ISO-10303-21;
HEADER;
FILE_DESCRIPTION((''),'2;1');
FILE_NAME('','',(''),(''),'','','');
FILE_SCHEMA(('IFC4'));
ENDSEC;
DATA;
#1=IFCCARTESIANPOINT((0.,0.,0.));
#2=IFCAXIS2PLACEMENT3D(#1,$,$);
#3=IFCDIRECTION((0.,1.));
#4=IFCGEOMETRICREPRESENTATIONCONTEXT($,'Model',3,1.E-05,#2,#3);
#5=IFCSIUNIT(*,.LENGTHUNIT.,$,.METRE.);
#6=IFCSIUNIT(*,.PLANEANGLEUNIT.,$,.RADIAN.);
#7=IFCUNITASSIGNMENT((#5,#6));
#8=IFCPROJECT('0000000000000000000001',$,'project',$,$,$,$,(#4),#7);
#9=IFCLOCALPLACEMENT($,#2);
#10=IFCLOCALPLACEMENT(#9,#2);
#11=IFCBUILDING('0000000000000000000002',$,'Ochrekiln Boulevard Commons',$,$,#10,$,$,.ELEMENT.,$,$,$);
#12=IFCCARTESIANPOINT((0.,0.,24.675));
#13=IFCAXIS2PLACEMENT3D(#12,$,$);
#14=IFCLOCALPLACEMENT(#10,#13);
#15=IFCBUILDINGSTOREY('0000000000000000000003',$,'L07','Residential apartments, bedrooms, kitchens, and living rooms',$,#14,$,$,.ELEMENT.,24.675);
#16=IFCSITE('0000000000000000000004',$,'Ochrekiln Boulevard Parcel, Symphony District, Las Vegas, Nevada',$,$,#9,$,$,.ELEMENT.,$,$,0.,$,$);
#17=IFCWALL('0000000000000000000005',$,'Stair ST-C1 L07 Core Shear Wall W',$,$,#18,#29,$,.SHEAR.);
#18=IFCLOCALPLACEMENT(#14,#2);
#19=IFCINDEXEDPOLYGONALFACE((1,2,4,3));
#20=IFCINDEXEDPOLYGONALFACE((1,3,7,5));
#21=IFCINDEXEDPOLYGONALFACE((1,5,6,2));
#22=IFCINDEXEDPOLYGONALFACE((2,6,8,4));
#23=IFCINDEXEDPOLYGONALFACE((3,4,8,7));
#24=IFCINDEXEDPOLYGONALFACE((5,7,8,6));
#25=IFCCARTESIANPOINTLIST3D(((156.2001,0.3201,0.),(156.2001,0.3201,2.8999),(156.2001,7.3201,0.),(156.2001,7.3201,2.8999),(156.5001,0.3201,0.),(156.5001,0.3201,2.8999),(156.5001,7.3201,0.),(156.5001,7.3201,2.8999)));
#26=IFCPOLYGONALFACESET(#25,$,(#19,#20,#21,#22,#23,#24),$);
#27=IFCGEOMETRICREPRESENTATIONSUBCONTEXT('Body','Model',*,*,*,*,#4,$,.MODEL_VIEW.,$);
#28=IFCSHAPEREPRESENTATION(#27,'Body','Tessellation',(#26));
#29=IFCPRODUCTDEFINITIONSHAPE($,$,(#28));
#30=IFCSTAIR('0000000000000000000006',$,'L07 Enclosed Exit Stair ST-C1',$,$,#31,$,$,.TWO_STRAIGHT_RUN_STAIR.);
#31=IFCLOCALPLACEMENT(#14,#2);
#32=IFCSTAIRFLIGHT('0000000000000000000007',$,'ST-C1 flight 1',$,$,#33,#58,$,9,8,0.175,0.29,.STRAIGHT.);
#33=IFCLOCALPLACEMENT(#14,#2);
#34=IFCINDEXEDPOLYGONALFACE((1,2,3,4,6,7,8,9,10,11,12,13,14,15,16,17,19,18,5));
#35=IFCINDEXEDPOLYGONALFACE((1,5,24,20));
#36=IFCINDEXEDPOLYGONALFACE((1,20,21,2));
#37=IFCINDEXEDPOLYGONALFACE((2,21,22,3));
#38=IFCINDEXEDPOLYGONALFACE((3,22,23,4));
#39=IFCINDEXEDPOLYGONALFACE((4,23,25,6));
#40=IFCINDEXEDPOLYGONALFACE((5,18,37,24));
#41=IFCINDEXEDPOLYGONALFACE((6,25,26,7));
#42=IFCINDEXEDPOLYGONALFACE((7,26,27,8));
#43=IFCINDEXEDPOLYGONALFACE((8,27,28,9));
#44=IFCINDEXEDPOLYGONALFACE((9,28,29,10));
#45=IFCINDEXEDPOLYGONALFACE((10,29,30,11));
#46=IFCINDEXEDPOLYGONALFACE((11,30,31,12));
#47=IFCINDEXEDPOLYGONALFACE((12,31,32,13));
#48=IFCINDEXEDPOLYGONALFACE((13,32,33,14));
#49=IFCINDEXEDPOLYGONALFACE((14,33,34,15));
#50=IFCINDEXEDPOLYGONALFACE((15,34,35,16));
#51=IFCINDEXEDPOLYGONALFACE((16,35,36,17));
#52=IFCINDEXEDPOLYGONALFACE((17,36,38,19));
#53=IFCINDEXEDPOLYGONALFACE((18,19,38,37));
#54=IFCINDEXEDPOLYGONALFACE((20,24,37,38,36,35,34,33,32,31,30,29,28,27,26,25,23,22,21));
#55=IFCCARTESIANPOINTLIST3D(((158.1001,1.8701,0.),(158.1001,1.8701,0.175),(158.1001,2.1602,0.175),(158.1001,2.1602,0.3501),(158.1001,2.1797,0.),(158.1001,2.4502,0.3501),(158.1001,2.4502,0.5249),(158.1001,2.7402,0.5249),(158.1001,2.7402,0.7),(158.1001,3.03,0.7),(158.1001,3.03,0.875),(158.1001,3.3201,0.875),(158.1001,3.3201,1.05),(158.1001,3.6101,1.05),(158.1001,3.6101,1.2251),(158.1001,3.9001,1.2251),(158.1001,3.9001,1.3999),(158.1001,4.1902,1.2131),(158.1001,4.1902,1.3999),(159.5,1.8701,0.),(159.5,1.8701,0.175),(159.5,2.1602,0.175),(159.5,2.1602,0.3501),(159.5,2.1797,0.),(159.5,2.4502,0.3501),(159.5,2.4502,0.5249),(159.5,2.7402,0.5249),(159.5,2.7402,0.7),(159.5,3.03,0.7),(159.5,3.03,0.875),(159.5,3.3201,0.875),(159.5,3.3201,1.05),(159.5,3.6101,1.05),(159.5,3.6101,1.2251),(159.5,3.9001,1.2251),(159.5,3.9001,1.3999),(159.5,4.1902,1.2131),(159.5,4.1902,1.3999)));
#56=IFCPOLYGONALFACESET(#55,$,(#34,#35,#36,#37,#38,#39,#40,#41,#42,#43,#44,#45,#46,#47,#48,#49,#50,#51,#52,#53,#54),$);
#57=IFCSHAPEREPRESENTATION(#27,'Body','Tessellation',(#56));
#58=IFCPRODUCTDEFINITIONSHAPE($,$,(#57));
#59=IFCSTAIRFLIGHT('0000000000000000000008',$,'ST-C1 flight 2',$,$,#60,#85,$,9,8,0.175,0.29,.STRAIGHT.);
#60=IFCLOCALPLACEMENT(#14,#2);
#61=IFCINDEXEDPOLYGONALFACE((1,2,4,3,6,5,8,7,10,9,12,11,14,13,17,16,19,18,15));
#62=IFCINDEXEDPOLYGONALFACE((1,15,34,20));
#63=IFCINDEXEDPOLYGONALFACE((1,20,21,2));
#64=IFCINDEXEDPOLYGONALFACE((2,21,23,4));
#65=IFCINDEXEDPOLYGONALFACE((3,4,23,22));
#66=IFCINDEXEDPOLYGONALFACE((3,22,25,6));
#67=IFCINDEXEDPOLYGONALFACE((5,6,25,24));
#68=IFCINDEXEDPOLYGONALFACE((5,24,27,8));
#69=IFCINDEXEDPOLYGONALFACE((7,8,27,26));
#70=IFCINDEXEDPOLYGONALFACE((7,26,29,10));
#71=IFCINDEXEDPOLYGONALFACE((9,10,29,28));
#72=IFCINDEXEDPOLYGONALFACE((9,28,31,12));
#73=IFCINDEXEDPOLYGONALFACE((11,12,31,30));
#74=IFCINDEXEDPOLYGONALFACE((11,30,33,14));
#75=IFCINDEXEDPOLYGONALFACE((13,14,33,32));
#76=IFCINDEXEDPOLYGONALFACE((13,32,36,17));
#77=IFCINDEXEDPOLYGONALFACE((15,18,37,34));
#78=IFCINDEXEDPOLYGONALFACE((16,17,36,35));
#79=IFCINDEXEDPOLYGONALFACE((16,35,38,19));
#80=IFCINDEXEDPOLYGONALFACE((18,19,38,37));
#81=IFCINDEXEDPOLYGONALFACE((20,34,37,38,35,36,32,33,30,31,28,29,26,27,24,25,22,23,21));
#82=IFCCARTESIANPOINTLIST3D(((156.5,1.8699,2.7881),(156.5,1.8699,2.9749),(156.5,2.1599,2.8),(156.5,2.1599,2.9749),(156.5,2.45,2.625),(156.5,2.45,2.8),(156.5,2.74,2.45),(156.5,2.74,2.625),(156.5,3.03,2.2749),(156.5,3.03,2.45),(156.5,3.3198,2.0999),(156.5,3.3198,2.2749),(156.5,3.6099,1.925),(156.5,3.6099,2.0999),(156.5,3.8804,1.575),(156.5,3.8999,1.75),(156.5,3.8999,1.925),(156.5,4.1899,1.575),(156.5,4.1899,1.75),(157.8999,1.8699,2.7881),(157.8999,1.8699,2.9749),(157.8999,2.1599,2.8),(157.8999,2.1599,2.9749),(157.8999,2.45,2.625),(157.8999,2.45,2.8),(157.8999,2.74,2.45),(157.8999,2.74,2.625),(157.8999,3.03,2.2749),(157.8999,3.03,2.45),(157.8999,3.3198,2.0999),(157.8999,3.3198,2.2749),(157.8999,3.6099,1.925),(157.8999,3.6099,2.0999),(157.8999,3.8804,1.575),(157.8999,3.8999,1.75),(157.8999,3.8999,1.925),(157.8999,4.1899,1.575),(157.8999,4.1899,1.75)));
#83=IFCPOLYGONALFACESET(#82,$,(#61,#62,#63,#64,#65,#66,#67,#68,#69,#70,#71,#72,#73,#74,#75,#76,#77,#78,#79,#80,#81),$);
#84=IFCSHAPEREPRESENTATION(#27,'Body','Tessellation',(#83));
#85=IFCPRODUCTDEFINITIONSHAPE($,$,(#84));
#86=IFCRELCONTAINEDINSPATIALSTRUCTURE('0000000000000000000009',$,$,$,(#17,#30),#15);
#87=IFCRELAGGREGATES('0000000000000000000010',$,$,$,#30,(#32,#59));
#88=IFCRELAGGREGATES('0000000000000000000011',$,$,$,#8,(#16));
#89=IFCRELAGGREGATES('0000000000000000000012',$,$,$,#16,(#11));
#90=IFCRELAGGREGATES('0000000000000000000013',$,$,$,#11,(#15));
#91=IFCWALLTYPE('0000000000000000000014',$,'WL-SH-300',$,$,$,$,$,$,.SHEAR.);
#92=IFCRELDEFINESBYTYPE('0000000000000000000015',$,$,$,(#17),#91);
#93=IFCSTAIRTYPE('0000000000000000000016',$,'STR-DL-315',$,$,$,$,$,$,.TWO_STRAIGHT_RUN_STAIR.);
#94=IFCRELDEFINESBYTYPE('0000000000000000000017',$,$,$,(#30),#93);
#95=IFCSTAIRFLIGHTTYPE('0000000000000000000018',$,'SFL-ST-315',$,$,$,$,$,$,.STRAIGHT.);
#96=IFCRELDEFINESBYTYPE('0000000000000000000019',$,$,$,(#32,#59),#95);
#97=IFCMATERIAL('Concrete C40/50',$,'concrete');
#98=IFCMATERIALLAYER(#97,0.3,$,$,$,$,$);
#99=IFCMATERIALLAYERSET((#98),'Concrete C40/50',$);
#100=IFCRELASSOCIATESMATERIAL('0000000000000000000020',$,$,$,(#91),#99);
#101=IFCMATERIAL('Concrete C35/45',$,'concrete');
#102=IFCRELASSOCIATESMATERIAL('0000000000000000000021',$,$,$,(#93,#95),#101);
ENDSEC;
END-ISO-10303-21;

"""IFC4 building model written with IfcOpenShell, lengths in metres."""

from ifc_helpers import new_model, si_unit, direction, frame, frame_2d, origin, place, context, subcontext, project, spatial, polyline, rectangle, outline, extrude, material, layer, layer_set, type_object, element, aggregate, save


model = new_model("IFC4")

# Units and contexts
model_context = context("Model", 3, precision=1e-05, world=origin(), true_north=direction((0.0, 1.0)))
body_context = subcontext(model_context, "Body", "Model", "MODEL_VIEW")
ifc_project = project(units=[si_unit("LENGTHUNIT", "METRE"), si_unit("PLANEANGLEUNIT", "RADIAN")], contexts=[model_context])

# Site, building, storey
site_placement = place(None, origin())
site = spatial("IfcSite", under=ifc_project, at=site_placement, Name="Ochrekiln Boulevard Parcel, Symphony District, Las Vegas, Nevada", CompositionType="ELEMENT", RefElevation=0.0)
building_placement = place(site_placement, origin())
building = spatial("IfcBuilding", under=site, at=building_placement, Name="Ochrekiln Boulevard Commons", CompositionType="ELEMENT")
storey_placement = place(building_placement, frame((0.0, 0.0, 24.675)))
storey = spatial("IfcBuildingStorey", under=building, at=storey_placement, Name="L07", Description="Residential apartments, bedrooms, kitchens, and living rooms", CompositionType="ELEMENT", Elevation=24.675)

# Shared definitions
ifc_material_1 = material(Name="Concrete C40/50", Category="concrete")

# Wall
ifc_layer_1 = layer(ifc_material_1, 0.3)
ifc_layer_set_1 = layer_set([ifc_layer_1], Name="Concrete C40/50")
wall_type_1 = type_object("IfcWallType", Name="WL-SH-300", PredefinedType="SHEAR", material=ifc_layer_set_1)
wall_1_placement = place(storey_placement, frame((156.3501, 0.3201, 0.0), z_axis=(0.0, 0.0, 1.0), x_axis=(0.0, 1.0, 0.0)))
element("IfcWall", 1, at=wall_1_placement, inside=storey, type_object=wall_type_1, Name="Stair ST-C1 L07 Core Shear Wall W", PredefinedType="SHEAR", context=body_context, shape_type="SweptSolid", body=[
    extrude(rectangle(XDim=7.0, YDim=0.3, at=frame_2d((3.5, 0.0))), origin(), (0.0, 0.0, 1.0), 2.8999),
])

# Stair, stair flights
ifc_material_2 = material(Name="Concrete C35/45", Category="concrete")
stair_type = type_object("IfcStairType", Name="STR-DL-315", PredefinedType="TWO_STRAIGHT_RUN_STAIR", material=ifc_material_2)
stair_placement = place(storey_placement, origin())
stair = element("IfcStair", 2, at=stair_placement, inside=storey, type_object=stair_type, Name="L07 Enclosed Exit Stair ST-C1", PredefinedType="TWO_STRAIGHT_RUN_STAIR")
stair_flight_type = type_object("IfcStairFlightType", Name="SFL-ST-315", PredefinedType="STRAIGHT", material=ifc_material_2)
stair_flight_1_placement = place(storey_placement, frame((158.8, 1.8701, 0.0), z_axis=(0.0, 0.0, 1.0), x_axis=(0.0, 1.0, 0.0)))
stair_flight_1 = element("IfcStairFlight", 3, at=stair_flight_1_placement, type_object=stair_flight_type, Name="ST-C1 flight 1", NumberOfRisers=9, NumberOfTreads=8, PredefinedType="STRAIGHT", RiserHeight=0.175, TreadLength=0.29, context=body_context, shape_type="SweptSolid", body=[
    extrude(outline(polyline([(0.0, 0.0), (0.0, 0.175), (0.29, 0.175), (0.29, 0.3501), (0.5801, 0.3501), (0.5801, 0.5249), (0.8701, 0.5249), (0.8701, 0.7), (1.1599, 0.7), (1.1599, 0.875), (1.45, 0.875), (1.45, 1.05), (1.74, 1.05), (1.74, 1.2251), (2.03, 1.2251), (2.03, 1.3999), (2.3201, 1.3999), (2.3201, 1.575), (2.3201, 1.2131), (0.3096, 0.0), (0.0, 0.0)])), frame((0.0, 0.7, 0.0), z_axis=(0.0, -1.0, 0.0), x_axis=(1.0, 0.0, 0.0)), (0.0, 0.0, 1.0), 1.3999),
])
stair_flight_2_placement = place(storey_placement, frame((157.2, 4.1899, 1.575), z_axis=(0.0, 0.0, 1.0), x_axis=(0.0, -1.0, 0.0)))
stair_flight_2 = element("IfcStairFlight", 4, at=stair_flight_2_placement, type_object=stair_flight_type, Name="ST-C1 flight 2", NumberOfRisers=9, NumberOfTreads=8, PredefinedType="STRAIGHT", RiserHeight=0.175, TreadLength=0.29, context=body_context, shape_type="SweptSolid", body=[
    extrude(outline(polyline([(0.0, 0.0), (0.0, 0.175), (0.29, 0.175), (0.29, 0.3501), (0.5801, 0.3501), (0.5801, 0.5249), (0.8701, 0.5249), (0.8701, 0.7), (1.1599, 0.7), (1.1599, 0.875), (1.45, 0.875), (1.45, 1.05), (1.74, 1.05), (1.74, 1.2251), (2.03, 1.2251), (2.03, 1.3999), (2.3201, 1.3999), (2.3201, 1.575), (2.3201, 1.2131), (0.3096, 0.0), (0.0, 0.0)])), frame((0.0, 0.7, 0.0), z_axis=(0.0, -1.0, 0.0), x_axis=(1.0, 0.0, 0.0)), (0.0, 0.0, 1.0), 1.3999),
])
aggregate(stair, [stair_flight_1, stair_flight_2])

save(model, "model.ifc")
